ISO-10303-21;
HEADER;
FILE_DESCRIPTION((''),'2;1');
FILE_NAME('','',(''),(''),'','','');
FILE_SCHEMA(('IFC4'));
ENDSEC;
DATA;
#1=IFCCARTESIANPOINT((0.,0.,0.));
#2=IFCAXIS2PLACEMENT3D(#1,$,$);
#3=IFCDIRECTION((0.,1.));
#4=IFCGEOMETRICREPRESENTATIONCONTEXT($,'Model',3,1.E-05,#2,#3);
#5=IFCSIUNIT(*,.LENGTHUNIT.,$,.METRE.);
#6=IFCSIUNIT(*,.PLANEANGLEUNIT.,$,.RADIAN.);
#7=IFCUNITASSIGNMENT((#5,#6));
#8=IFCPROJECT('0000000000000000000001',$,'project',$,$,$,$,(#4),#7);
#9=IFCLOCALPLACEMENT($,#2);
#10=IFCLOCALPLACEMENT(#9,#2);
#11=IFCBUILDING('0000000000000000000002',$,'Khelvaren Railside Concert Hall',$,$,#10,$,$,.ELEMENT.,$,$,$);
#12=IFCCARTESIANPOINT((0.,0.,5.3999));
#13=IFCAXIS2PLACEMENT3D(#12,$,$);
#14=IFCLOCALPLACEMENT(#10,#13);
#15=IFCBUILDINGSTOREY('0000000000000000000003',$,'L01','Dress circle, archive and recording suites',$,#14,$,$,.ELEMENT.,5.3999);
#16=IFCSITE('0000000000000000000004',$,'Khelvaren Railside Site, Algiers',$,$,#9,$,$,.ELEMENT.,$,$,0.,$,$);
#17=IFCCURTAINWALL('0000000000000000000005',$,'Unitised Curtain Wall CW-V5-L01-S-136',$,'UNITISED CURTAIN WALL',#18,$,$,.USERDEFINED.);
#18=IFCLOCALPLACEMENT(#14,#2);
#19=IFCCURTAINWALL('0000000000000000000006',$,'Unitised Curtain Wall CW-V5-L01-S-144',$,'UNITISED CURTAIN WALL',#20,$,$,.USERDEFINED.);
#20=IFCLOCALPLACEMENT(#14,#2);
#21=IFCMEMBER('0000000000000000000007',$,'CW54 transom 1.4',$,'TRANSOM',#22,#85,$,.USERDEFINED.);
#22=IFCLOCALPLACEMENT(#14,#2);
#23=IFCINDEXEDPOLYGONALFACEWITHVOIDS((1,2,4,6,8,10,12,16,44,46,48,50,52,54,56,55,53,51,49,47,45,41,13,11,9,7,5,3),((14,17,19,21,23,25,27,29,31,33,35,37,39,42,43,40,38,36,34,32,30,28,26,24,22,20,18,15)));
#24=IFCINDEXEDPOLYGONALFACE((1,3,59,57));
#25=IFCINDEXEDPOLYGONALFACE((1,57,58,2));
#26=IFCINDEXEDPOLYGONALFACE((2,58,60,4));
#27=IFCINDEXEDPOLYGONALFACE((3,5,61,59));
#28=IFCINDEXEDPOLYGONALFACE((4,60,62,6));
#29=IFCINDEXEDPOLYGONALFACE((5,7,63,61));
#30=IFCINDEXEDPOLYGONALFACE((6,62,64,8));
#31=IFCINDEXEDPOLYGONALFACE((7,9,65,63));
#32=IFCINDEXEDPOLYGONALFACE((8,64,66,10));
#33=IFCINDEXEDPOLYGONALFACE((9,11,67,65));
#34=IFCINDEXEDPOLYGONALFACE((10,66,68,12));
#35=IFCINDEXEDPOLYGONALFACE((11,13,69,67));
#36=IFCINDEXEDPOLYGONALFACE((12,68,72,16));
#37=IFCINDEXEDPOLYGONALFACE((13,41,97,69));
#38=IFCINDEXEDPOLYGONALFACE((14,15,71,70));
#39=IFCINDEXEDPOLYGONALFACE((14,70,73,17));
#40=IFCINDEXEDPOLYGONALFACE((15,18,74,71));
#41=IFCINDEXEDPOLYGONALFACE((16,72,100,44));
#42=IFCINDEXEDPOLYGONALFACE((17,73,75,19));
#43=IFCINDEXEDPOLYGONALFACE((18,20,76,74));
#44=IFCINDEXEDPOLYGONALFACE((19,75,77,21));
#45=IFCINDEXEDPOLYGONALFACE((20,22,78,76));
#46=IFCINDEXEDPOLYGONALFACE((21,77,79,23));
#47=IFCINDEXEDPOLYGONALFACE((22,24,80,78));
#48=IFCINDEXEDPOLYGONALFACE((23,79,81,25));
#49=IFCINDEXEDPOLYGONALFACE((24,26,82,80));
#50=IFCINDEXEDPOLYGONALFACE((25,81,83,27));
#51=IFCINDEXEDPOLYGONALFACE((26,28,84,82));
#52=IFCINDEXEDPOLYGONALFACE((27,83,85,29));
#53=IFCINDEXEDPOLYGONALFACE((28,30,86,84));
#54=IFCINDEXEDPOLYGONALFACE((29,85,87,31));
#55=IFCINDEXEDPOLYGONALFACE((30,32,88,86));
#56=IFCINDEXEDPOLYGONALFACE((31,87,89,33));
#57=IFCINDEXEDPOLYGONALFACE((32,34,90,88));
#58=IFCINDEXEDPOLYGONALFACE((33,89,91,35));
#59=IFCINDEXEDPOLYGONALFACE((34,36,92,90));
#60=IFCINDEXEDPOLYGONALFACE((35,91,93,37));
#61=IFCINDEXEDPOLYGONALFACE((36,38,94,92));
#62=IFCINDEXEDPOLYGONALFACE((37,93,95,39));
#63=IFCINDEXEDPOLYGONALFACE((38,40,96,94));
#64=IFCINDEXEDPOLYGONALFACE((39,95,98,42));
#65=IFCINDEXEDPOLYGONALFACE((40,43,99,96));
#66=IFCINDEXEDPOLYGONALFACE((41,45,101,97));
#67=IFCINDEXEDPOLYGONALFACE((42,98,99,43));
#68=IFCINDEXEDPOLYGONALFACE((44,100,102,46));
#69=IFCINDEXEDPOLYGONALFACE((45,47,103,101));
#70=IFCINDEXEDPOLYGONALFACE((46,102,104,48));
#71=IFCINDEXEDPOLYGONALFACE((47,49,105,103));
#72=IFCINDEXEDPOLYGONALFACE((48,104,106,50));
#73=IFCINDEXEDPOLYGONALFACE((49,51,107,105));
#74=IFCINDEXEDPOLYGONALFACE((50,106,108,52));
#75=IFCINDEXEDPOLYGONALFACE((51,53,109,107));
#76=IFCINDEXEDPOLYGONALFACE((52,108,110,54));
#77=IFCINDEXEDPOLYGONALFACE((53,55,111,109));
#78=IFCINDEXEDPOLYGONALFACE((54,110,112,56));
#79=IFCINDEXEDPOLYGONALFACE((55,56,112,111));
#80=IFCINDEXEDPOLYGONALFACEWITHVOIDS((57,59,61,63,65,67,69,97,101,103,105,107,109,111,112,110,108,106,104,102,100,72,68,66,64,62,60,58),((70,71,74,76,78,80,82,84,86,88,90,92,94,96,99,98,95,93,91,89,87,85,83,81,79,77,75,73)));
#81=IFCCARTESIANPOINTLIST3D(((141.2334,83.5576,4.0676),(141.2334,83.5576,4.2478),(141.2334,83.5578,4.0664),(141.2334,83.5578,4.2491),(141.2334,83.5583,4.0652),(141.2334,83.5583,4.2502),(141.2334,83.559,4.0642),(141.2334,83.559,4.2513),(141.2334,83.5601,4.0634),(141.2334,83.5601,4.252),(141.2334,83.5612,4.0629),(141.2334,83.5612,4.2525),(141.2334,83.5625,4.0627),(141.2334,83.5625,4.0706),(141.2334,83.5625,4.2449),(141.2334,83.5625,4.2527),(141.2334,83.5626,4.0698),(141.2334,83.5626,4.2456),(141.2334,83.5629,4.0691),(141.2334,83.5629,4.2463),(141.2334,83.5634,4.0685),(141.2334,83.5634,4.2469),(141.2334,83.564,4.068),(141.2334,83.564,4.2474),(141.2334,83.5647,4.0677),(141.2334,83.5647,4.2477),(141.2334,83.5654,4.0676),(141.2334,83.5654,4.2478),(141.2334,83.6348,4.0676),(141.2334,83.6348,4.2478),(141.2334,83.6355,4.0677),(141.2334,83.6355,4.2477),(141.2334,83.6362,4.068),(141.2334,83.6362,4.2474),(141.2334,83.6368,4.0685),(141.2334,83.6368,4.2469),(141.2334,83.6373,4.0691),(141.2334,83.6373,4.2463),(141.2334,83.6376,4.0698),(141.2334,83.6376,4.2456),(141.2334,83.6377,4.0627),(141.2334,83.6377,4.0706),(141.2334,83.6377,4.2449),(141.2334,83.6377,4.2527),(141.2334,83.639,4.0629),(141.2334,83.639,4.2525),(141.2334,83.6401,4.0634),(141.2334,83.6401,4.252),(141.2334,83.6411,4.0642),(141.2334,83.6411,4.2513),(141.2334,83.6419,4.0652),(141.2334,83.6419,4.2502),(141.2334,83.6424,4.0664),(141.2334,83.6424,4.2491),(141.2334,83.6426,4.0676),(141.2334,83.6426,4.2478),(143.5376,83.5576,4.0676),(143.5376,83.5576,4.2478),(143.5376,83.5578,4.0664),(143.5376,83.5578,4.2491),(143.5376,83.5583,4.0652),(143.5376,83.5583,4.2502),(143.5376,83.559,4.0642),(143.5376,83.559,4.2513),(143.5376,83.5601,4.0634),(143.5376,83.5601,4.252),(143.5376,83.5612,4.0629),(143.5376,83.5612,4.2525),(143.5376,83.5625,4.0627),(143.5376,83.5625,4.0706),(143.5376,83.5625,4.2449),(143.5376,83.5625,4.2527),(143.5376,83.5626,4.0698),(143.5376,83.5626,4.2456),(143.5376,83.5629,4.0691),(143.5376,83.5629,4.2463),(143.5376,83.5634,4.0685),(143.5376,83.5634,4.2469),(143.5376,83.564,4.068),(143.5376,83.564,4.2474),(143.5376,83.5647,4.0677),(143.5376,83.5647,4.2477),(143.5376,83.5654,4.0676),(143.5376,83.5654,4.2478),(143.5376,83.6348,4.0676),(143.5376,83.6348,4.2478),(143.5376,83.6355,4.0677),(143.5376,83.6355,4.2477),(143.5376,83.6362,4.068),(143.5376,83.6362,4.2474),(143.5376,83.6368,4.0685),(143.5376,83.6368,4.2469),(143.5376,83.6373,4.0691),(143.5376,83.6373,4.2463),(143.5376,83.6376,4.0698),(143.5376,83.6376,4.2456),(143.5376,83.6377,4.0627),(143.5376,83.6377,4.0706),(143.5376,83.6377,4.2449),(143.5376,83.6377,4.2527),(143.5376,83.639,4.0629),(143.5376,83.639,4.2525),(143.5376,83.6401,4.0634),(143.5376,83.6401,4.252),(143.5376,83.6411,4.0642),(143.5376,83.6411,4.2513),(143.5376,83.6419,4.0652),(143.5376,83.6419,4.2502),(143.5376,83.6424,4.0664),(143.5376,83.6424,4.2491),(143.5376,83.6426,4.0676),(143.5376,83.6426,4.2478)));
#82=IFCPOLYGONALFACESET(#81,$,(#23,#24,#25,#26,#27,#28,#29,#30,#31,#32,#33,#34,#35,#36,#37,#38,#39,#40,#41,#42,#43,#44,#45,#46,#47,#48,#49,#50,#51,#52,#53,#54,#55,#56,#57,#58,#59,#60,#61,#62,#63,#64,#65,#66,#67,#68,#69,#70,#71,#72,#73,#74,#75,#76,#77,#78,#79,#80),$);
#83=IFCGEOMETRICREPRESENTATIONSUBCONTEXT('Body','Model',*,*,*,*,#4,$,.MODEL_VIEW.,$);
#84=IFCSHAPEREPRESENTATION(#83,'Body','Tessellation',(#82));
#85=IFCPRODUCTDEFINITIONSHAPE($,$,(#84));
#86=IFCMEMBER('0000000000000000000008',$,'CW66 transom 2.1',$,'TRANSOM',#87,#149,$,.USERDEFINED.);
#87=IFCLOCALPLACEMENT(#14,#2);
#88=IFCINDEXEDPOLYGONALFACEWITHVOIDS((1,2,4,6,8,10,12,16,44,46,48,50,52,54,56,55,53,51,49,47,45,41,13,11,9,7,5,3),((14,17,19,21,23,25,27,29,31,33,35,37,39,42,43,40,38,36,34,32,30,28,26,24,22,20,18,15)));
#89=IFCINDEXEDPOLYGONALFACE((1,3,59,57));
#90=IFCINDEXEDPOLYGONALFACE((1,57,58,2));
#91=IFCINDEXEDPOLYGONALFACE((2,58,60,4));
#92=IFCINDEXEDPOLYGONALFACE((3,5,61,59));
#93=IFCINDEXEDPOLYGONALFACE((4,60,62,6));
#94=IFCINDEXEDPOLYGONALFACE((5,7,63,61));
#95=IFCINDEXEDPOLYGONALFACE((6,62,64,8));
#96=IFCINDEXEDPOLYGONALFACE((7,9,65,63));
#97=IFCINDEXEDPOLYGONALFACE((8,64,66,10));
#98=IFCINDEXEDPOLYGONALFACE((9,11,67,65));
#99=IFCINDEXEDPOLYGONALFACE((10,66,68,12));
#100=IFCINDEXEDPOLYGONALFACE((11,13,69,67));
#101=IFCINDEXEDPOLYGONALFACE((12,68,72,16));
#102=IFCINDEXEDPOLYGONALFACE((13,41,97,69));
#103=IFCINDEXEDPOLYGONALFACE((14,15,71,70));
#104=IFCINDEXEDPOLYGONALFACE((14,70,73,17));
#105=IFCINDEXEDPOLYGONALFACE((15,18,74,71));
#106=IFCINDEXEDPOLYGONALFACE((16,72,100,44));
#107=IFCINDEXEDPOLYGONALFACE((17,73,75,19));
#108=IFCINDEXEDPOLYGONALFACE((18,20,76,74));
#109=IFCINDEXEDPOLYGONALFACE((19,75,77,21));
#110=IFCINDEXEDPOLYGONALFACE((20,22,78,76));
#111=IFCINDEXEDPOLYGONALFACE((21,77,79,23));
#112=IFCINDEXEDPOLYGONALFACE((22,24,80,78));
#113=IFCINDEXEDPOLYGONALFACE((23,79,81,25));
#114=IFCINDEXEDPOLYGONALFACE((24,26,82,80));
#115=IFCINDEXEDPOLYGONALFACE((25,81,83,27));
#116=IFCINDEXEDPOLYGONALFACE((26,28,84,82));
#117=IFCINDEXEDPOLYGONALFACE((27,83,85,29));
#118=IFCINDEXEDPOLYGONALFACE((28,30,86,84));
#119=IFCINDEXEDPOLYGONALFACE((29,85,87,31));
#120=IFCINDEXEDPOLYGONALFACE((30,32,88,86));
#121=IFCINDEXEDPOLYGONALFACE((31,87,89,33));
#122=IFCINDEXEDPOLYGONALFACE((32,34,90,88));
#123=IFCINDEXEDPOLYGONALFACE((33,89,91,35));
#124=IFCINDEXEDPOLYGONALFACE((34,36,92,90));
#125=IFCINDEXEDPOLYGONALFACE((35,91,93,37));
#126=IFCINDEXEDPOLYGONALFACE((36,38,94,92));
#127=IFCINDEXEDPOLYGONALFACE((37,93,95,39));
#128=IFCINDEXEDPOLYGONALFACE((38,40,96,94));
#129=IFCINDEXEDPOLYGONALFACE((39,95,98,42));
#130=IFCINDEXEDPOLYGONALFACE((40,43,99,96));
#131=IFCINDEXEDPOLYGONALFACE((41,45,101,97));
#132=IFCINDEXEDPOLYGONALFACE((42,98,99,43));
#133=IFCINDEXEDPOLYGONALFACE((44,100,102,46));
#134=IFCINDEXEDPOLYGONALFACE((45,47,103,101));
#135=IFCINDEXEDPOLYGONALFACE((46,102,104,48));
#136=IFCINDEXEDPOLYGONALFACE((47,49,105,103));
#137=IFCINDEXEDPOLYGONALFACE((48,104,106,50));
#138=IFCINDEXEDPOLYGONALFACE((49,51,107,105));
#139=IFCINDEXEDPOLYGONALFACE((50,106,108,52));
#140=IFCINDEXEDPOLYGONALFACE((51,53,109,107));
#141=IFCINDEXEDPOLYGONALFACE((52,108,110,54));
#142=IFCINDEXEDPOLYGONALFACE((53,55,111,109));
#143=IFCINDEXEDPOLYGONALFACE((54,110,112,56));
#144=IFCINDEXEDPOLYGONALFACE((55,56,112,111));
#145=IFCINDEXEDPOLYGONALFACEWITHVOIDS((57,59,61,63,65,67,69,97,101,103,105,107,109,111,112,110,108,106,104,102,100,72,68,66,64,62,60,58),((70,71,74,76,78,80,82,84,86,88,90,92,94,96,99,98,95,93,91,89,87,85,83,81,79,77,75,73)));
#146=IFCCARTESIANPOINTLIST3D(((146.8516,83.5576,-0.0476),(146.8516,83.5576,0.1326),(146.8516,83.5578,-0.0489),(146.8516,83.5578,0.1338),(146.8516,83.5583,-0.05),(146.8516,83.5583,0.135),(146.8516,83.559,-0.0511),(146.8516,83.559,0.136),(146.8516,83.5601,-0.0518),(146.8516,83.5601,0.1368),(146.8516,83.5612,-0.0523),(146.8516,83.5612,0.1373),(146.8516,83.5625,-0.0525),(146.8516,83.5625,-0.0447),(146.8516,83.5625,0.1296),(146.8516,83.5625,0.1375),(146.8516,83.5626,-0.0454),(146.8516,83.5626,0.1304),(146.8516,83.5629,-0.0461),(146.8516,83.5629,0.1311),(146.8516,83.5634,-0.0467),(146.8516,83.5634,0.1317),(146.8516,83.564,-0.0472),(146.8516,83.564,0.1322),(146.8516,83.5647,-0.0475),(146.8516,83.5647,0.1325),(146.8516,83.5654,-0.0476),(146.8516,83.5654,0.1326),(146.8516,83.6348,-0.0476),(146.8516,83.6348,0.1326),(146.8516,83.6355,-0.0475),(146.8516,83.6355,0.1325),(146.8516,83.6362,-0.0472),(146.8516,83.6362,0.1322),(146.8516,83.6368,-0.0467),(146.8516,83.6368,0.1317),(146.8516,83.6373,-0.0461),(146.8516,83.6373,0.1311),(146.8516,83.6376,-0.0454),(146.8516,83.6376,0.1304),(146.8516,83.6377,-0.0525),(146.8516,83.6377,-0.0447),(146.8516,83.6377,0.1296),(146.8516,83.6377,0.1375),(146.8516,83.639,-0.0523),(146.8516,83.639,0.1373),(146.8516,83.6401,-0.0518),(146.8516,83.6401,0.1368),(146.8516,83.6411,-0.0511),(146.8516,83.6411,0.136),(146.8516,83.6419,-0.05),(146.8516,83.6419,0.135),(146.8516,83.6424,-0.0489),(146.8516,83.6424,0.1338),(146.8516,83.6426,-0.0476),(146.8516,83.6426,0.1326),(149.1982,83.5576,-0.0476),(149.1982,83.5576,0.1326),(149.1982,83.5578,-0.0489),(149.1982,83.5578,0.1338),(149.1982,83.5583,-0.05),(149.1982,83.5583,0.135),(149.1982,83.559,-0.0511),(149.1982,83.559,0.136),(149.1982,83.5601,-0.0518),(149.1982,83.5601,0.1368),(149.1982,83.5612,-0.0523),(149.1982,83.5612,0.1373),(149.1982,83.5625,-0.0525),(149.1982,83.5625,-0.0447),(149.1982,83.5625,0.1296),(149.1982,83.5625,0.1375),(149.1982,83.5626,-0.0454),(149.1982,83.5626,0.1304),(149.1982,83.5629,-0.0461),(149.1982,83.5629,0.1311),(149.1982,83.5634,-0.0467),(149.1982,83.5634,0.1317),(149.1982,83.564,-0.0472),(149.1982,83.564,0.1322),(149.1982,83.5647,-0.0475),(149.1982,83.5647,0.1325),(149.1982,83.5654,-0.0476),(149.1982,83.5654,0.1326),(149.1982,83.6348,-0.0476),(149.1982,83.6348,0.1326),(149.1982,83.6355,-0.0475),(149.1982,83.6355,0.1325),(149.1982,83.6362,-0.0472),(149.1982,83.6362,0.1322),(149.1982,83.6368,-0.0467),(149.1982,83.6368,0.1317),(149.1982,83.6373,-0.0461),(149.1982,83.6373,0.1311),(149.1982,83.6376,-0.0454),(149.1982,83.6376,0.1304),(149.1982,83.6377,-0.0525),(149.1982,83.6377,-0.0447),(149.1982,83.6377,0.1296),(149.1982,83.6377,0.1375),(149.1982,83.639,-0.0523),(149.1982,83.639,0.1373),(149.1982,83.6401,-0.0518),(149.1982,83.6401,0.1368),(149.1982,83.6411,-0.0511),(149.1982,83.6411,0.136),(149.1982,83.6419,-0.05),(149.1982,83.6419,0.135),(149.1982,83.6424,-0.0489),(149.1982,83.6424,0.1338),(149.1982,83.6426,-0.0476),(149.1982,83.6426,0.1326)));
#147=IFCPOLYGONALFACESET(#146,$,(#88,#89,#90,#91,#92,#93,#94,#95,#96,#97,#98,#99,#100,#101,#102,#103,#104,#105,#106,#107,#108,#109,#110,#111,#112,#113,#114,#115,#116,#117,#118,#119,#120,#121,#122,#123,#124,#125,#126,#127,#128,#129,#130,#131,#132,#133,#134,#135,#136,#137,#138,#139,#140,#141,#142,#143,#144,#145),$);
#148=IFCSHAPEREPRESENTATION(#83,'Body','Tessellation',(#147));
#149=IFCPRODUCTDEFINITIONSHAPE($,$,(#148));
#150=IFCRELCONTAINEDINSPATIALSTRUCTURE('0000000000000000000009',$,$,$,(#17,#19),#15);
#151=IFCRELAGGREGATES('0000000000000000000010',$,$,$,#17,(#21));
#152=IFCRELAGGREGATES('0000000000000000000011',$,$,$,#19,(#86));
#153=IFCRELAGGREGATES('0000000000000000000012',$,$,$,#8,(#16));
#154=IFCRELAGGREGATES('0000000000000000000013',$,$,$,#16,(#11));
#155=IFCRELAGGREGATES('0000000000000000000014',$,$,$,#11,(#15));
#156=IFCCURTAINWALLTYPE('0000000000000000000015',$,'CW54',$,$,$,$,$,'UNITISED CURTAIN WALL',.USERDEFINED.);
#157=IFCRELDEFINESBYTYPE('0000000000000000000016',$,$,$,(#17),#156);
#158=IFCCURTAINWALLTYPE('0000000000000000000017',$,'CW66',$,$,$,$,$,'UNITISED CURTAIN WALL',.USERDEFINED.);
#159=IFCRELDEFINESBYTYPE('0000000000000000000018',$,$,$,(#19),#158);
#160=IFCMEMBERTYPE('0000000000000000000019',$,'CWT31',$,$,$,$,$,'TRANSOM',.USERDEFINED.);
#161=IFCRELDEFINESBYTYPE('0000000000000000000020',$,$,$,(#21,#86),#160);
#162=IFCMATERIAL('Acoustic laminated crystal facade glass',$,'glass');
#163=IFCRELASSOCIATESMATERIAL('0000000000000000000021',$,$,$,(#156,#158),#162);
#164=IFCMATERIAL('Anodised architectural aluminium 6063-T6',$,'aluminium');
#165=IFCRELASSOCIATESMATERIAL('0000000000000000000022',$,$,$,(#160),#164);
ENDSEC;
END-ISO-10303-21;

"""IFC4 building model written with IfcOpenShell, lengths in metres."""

from ifc_helpers import new_model, si_unit, direction, frame, origin, origin_2d, place, context, subcontext, project, spatial, hollow_rectangle, extrude, material, material_profile, profile_set, type_object, element, aggregate, save


model = new_model("IFC4")

# Units and contexts
model_context = context("Model", 3, precision=1e-05, world=origin(), true_north=direction((0.0, 1.0)))
body_context = subcontext(model_context, "Body", "Model", "MODEL_VIEW")
ifc_project = project(units=[si_unit("LENGTHUNIT", "METRE"), si_unit("PLANEANGLEUNIT", "RADIAN")], contexts=[model_context])

# Site, building, storey
site_placement = place(None, origin())
site = spatial("IfcSite", under=ifc_project, at=site_placement, Name="Khelvaren Railside Site, Algiers", CompositionType="ELEMENT", RefElevation=0.0)
building_placement = place(site_placement, origin())
building = spatial("IfcBuilding", under=site, at=building_placement, Name="Khelvaren Railside Concert Hall", CompositionType="ELEMENT")
storey_placement = place(building_placement, frame((0.0, 0.0, 5.3999)))
storey = spatial("IfcBuildingStorey", under=building, at=storey_placement, Name="L01", Description="Dress circle, archive and recording suites", CompositionType="ELEMENT", Elevation=5.3999)

# Curtain wall
ifc_material_1 = material(Name="Acoustic laminated crystal facade glass", Category="glass")
curtain_wall_type_1 = type_object("IfcCurtainWallType", Name="CW54", ElementType="UNITISED CURTAIN WALL", PredefinedType="USERDEFINED", material=ifc_material_1)
curtain_wall_1_placement = place(storey_placement, origin())
curtain_wall_1 = element("IfcCurtainWall", 1, at=curtain_wall_1_placement, inside=storey, type_object=curtain_wall_type_1, Name="Unitised Curtain Wall CW-V5-L01-S-136", ObjectType="UNITISED CURTAIN WALL", PredefinedType="USERDEFINED")
ifc_material_2 = material(Name="Anodised architectural aluminium 6063-T6", Category="aluminium")

# Curtain wall
curtain_wall_type_2 = type_object("IfcCurtainWallType", Name="CW66", ElementType="UNITISED CURTAIN WALL", PredefinedType="USERDEFINED", material=ifc_material_1)
curtain_wall_2_placement = place(storey_placement, origin())
curtain_wall_2 = element("IfcCurtainWall", 2, at=curtain_wall_2_placement, inside=storey, type_object=curtain_wall_type_2, Name="Unitised Curtain Wall CW-V5-L01-S-144", ObjectType="UNITISED CURTAIN WALL", PredefinedType="USERDEFINED")

# Members
ifc_material_profile_1 = material_profile(ifc_material_2, hollow_rectangle(XDim=0.085, YDim=0.1899, WallThickness=0.0049, InnerFilletRadius=0.0029, OuterFilletRadius=0.0049, at=origin_2d()), Name="CWT 85x190x5")
ifc_profile_set_1 = profile_set([ifc_material_profile_1], Name="Anodised architectural aluminium 6063-T6")
member_type_1 = type_object("IfcMemberType", Name="CWT31", ElementType="TRANSOM", PredefinedType="USERDEFINED", material=ifc_profile_set_1)
member_1_placement = place(storey_placement, frame((143.5376, 83.6001, 4.1577), z_axis=(-1.0, 0.0, 0.0), x_axis=(0.0, -1.0, 0.0)))
member_1 = element("IfcMember", 3, at=member_1_placement, type_object=member_type_1, Name="CW54 transom 1.4", ObjectType="TRANSOM", PredefinedType="USERDEFINED", context=body_context, shape_type="SweptSolid", body=[
    extrude(hollow_rectangle(XDim=0.085, YDim=0.1899, WallThickness=0.0049, InnerFilletRadius=0.0029, OuterFilletRadius=0.0049, at=origin_2d()), origin(), (0.0, 0.0, 1.0), 2.3042),
])
aggregate(curtain_wall_1, [member_1])
member_2_placement = place(storey_placement, frame((149.1982, 83.6001, 0.0425), z_axis=(-1.0, 0.0, 0.0), x_axis=(0.0, -1.0, 0.0)))
member_2 = element("IfcMember", 4, at=member_2_placement, type_object=member_type_1, Name="CW66 transom 2.1", ObjectType="TRANSOM", PredefinedType="USERDEFINED", context=body_context, shape_type="SweptSolid", body=[
    extrude(hollow_rectangle(XDim=0.085, YDim=0.1899, WallThickness=0.0049, InnerFilletRadius=0.0029, OuterFilletRadius=0.0049, at=origin_2d()), origin(), (0.0, 0.0, 1.0), 2.3467),
])

aggregate(curtain_wall_2, [member_2])

save(model, "model.ifc")
